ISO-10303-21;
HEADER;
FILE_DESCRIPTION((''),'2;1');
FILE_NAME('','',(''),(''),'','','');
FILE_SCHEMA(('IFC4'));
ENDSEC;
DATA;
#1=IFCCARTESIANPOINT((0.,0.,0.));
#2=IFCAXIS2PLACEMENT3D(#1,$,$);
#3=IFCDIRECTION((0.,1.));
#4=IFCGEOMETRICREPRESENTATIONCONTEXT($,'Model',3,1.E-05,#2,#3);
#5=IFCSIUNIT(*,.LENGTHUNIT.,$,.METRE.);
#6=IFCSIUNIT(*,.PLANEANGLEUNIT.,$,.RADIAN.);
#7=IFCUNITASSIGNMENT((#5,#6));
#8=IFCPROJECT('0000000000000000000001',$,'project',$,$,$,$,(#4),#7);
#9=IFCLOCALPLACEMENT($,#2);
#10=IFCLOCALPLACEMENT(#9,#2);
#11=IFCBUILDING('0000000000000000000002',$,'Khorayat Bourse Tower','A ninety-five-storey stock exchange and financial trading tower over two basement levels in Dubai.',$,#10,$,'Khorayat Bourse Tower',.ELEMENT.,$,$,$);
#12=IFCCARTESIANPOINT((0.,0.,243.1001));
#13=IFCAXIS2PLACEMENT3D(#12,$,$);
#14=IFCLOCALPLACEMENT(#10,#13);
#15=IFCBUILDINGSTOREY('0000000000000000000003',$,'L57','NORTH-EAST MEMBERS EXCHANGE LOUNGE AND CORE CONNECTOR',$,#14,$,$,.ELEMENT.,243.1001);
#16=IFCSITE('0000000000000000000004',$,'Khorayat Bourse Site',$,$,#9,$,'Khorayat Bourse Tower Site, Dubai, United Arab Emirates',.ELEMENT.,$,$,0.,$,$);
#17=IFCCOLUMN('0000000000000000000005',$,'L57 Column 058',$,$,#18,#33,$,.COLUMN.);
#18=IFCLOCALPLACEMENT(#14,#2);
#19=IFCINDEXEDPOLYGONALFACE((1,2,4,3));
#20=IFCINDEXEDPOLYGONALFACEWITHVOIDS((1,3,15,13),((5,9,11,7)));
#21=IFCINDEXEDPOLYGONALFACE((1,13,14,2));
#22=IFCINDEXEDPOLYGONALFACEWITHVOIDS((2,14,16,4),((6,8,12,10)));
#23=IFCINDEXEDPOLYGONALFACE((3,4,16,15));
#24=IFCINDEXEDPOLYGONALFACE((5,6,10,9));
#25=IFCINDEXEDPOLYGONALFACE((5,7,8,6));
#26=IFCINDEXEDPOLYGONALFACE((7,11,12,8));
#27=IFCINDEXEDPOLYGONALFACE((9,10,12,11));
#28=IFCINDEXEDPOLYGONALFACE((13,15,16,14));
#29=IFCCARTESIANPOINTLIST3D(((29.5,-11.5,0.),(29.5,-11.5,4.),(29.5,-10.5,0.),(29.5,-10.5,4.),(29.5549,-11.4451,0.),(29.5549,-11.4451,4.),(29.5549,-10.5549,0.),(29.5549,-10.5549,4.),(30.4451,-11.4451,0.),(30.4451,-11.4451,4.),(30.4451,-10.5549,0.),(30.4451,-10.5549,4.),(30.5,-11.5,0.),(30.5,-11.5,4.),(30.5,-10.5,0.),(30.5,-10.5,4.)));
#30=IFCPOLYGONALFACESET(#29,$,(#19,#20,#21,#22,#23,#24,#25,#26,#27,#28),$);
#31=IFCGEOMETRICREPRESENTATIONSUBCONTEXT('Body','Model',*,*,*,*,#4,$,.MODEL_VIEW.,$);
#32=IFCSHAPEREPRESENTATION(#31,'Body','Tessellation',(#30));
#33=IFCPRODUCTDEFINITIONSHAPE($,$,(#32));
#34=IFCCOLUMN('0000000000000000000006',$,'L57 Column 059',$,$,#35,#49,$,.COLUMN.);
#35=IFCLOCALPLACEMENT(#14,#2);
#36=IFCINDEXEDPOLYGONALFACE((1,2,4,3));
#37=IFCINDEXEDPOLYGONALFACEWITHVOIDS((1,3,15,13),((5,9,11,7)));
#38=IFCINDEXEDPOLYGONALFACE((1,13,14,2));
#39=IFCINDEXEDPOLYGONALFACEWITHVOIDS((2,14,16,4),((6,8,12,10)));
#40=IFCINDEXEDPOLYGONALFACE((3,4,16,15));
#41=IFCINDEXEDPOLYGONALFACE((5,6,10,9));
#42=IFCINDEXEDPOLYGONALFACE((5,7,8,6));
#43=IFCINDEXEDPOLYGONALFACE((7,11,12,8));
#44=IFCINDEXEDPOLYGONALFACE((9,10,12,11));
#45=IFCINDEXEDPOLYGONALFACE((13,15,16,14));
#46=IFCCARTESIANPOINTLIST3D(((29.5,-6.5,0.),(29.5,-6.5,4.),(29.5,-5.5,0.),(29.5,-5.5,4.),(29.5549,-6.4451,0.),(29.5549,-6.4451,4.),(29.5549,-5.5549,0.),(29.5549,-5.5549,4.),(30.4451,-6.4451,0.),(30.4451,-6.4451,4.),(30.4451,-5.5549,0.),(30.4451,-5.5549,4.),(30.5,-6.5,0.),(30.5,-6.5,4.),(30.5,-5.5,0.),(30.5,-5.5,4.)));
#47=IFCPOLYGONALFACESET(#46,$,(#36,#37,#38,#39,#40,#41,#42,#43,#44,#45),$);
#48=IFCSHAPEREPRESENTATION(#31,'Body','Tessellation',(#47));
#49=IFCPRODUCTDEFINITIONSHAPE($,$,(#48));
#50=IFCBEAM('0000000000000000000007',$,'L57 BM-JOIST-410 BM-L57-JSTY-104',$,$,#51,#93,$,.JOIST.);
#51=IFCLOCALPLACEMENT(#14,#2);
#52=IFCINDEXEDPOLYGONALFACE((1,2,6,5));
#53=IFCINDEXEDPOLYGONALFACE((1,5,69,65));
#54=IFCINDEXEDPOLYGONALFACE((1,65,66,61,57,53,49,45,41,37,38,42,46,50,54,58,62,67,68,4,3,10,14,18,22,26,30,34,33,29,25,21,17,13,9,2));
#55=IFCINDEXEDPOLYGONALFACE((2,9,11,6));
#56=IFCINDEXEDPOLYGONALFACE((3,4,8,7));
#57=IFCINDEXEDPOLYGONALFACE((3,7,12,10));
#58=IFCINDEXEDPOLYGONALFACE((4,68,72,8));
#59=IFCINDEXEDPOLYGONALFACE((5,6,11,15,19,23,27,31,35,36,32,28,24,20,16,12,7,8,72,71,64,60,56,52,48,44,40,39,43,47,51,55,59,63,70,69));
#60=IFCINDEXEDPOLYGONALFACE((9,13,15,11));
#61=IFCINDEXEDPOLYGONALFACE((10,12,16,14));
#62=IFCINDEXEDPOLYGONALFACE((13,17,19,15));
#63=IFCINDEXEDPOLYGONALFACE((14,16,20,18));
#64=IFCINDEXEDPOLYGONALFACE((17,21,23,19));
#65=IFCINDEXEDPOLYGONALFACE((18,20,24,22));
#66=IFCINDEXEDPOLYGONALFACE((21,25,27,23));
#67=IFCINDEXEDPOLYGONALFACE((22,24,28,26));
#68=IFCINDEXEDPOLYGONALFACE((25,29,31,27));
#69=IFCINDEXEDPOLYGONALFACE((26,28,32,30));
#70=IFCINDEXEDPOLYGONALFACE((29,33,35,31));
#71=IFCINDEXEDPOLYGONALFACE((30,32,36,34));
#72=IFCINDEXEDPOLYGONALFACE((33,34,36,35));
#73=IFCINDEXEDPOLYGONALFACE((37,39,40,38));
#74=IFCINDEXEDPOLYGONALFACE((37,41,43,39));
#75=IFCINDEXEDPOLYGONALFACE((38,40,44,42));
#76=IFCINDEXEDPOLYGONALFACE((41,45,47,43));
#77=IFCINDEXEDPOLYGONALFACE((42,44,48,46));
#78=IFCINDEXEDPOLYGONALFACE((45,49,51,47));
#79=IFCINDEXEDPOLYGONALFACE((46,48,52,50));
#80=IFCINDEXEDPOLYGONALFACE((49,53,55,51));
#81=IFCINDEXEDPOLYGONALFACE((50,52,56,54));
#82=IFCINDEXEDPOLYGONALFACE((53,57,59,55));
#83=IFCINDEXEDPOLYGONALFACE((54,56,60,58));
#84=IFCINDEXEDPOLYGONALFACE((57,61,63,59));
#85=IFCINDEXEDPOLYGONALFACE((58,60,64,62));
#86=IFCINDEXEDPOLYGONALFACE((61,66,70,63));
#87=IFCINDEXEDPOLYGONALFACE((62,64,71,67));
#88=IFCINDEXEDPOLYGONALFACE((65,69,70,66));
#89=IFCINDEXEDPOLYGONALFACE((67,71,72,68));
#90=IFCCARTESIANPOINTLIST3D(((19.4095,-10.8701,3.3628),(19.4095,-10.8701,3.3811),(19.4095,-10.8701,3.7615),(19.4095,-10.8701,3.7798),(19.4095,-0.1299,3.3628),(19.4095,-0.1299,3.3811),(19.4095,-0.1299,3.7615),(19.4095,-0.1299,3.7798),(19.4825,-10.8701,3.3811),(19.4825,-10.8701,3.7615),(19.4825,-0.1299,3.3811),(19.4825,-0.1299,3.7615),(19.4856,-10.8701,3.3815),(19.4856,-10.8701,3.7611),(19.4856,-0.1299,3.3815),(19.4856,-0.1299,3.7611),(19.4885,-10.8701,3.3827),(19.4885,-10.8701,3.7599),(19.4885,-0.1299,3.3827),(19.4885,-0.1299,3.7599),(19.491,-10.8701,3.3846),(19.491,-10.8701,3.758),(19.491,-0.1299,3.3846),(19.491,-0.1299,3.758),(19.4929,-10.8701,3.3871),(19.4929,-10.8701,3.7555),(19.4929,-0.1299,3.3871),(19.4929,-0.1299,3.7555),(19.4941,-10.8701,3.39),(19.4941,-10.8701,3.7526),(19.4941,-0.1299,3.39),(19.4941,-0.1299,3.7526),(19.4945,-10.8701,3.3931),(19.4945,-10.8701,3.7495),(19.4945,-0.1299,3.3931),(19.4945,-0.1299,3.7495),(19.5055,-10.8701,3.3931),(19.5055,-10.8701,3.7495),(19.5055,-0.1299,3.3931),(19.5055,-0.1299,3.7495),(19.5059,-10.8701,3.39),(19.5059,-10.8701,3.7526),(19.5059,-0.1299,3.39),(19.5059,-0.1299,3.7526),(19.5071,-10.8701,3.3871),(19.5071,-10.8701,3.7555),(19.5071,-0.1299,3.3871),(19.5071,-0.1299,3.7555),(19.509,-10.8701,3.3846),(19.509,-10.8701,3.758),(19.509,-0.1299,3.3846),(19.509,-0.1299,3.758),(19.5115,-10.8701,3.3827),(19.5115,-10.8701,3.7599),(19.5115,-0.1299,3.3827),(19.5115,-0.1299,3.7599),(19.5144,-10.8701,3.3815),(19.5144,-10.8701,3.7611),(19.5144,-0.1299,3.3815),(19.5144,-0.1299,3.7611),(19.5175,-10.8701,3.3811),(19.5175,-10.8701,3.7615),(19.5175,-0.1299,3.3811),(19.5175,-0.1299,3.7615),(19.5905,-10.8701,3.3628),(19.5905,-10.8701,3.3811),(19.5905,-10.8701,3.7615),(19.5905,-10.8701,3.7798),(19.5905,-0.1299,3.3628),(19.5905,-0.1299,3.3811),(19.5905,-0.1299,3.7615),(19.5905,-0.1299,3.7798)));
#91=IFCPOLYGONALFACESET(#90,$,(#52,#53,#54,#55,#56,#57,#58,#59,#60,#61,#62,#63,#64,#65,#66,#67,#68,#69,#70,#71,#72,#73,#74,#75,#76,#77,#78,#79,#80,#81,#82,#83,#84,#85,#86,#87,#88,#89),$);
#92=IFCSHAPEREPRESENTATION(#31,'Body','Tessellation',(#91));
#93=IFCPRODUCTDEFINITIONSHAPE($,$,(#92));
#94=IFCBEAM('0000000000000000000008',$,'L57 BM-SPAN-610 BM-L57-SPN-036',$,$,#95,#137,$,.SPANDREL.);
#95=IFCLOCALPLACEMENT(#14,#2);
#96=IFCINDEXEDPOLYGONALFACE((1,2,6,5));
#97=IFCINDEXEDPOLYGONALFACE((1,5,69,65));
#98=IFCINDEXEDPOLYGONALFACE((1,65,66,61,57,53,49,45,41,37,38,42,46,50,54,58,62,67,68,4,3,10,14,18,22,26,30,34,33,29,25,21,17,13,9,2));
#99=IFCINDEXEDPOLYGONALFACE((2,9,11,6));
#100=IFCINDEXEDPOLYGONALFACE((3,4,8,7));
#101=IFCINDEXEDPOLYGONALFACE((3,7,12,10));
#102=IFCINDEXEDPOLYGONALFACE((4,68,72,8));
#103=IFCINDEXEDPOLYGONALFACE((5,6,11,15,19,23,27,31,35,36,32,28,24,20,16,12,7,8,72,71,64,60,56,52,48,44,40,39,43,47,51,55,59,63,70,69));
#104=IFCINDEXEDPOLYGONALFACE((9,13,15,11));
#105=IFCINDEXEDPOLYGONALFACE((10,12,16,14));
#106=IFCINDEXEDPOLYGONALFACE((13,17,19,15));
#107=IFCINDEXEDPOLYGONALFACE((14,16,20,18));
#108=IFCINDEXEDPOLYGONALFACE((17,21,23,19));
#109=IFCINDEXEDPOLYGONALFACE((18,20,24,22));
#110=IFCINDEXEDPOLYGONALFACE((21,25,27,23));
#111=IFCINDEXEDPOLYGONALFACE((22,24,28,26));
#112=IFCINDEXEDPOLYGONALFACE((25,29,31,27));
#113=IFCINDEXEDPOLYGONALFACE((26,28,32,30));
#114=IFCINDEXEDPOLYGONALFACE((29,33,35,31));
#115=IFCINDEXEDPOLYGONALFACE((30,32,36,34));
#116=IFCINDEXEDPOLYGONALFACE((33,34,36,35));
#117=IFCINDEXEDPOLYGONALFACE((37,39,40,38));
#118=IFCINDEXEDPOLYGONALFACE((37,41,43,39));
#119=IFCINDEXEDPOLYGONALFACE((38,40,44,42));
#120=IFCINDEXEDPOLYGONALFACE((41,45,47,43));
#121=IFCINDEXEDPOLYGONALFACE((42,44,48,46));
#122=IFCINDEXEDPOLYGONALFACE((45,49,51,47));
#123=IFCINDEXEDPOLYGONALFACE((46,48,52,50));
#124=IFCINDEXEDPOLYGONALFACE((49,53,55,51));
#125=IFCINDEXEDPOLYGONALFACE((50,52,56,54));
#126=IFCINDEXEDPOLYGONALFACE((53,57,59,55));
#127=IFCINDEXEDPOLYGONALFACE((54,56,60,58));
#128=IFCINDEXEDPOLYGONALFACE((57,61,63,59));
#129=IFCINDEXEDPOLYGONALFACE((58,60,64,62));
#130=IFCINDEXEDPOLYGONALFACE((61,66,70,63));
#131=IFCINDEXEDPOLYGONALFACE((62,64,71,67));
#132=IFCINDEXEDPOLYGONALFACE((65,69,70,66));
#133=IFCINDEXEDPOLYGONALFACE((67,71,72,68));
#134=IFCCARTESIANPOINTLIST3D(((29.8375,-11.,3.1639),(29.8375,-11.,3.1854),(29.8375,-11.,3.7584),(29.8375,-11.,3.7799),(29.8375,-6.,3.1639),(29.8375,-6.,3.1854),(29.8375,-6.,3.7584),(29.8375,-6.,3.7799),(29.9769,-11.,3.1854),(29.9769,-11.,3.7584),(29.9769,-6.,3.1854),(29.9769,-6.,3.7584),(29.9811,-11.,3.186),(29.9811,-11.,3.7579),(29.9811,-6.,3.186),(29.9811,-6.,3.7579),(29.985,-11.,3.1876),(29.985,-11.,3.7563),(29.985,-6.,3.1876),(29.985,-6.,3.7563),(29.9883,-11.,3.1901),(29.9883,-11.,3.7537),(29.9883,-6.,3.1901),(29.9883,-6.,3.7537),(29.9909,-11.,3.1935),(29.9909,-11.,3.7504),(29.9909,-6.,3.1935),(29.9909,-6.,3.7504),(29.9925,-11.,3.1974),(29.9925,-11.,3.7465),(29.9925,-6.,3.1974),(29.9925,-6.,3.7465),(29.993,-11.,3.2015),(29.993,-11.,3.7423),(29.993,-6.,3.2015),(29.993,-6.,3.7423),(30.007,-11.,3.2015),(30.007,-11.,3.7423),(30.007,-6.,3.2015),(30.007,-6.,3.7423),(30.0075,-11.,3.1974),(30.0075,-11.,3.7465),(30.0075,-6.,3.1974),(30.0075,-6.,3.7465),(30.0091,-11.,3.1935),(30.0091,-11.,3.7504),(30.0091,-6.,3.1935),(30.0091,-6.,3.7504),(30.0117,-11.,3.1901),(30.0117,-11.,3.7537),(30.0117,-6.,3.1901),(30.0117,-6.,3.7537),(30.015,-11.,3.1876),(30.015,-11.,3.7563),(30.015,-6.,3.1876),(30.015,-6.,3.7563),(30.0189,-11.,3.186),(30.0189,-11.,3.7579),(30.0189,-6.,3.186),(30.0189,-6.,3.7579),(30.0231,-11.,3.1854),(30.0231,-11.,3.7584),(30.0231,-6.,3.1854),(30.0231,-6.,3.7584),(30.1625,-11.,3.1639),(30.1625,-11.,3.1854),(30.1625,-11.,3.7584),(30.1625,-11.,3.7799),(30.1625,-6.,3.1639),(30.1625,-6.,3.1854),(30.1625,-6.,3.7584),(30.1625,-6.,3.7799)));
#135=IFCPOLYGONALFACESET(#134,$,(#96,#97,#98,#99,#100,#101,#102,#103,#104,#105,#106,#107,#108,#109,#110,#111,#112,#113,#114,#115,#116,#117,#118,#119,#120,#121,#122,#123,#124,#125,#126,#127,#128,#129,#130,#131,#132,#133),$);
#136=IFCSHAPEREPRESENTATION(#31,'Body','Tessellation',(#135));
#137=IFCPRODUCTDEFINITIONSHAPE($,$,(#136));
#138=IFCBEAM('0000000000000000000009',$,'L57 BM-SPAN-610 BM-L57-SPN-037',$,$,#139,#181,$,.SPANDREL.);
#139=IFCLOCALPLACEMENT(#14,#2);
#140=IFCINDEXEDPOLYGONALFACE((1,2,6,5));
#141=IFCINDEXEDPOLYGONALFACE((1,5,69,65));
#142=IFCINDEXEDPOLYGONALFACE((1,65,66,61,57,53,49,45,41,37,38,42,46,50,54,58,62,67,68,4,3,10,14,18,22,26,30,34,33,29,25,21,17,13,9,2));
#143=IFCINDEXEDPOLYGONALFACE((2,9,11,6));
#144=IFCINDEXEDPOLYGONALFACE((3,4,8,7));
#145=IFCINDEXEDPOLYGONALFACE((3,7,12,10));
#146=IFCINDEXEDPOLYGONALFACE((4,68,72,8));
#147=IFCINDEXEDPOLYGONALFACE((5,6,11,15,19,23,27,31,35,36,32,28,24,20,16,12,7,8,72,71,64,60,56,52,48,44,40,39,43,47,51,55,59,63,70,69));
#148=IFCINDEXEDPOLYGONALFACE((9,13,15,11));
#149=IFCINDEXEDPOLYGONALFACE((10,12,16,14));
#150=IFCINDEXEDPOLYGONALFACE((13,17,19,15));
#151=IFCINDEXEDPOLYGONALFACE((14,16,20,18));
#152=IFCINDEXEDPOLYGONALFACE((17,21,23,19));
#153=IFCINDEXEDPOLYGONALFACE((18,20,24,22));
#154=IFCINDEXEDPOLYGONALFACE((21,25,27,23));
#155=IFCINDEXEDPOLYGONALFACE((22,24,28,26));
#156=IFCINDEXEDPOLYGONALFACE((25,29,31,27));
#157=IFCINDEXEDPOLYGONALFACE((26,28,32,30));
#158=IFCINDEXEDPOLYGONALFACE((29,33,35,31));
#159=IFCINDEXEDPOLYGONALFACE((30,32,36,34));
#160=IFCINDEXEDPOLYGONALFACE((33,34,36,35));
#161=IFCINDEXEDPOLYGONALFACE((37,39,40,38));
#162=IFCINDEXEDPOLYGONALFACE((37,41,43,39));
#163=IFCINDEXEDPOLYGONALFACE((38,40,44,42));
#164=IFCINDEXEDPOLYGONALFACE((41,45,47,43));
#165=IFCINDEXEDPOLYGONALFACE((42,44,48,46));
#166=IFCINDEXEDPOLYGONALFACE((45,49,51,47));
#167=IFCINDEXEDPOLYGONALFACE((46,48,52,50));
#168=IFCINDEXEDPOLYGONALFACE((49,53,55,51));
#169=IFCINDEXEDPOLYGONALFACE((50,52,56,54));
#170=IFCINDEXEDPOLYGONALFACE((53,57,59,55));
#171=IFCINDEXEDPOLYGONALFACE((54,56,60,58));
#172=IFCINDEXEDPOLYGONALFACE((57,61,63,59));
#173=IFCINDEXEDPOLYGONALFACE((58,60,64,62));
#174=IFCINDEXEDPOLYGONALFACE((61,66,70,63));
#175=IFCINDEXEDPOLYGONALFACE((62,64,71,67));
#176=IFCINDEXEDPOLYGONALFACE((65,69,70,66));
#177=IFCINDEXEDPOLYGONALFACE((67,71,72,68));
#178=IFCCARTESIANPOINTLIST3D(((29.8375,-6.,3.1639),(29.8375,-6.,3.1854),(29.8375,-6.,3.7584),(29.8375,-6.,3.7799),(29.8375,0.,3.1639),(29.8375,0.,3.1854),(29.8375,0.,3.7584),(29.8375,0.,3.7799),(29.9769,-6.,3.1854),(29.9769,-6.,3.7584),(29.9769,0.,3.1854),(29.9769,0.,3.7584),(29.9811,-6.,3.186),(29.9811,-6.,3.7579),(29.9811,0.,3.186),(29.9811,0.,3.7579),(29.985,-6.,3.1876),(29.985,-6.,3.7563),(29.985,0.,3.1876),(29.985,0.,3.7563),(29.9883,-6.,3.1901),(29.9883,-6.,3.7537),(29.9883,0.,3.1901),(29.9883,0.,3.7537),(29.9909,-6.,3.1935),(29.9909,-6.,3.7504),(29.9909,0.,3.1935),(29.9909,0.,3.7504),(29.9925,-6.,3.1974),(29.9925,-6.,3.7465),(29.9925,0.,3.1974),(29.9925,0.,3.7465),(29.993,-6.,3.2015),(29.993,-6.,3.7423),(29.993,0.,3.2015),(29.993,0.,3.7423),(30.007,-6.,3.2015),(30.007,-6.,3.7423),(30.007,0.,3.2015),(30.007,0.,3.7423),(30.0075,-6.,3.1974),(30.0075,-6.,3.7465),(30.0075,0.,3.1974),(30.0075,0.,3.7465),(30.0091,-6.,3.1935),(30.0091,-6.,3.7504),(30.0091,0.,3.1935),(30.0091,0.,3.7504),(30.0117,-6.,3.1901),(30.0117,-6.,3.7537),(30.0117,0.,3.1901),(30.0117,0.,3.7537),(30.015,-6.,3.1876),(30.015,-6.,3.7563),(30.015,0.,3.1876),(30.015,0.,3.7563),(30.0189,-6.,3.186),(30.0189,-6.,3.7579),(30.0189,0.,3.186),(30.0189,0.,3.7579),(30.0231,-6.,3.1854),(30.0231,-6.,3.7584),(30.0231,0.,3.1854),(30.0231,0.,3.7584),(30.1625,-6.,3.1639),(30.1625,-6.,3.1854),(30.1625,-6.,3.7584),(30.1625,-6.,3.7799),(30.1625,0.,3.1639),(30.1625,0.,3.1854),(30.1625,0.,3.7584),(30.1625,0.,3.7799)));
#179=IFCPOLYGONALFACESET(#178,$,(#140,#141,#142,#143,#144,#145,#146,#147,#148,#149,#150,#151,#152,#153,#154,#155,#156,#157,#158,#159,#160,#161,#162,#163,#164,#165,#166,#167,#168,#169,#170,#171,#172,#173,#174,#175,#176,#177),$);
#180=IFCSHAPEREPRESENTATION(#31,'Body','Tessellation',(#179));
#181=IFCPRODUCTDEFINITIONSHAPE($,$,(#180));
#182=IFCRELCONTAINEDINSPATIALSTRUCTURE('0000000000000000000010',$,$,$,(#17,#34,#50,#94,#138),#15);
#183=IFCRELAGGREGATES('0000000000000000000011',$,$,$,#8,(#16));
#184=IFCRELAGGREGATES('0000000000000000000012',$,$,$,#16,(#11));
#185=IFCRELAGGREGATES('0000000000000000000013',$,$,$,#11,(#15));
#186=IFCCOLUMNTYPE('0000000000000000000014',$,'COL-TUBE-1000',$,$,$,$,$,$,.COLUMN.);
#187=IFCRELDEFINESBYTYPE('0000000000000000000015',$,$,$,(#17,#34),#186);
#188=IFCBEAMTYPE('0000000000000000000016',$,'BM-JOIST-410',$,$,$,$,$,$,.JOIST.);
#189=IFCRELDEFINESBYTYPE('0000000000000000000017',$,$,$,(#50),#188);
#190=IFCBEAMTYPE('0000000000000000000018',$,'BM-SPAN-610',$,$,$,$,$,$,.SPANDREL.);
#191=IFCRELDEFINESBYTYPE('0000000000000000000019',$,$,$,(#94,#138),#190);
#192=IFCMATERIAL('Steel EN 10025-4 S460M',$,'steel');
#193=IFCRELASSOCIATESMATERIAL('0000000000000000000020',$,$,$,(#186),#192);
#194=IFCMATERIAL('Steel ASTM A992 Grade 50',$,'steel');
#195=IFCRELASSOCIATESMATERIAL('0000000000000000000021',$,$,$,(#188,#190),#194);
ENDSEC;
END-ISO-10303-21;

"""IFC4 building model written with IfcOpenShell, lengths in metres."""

from ifc_helpers import new_model, si_unit, direction, frame, origin, origin_2d, place, context, subcontext, project, spatial, hollow_rectangle, i_section, extrude, source, transform, mapped, material, material_profile, profile_set, type_object, element, save


model = new_model("IFC4")

# Units and contexts
model_context = context("Model", 3, precision=1e-05, world=origin(), true_north=direction((0.0, 1.0)))
body_context = subcontext(model_context, "Body", "Model", "MODEL_VIEW")
ifc_project = project(units=[si_unit("LENGTHUNIT", "METRE"), si_unit("PLANEANGLEUNIT", "RADIAN")], contexts=[model_context])

# Site, building, storey
site_placement = place(None, origin())
site = spatial("IfcSite", under=ifc_project, at=site_placement, Name="Khorayat Bourse Site", LongName="Khorayat Bourse Tower Site, Dubai, United Arab Emirates", CompositionType="ELEMENT", RefElevation=0.0)
building_placement = place(site_placement, origin())
building = spatial("IfcBuilding", under=site, at=building_placement, Name="Khorayat Bourse Tower", Description="A ninety-five-storey stock exchange and financial trading tower over two basement levels in Dubai.", LongName="Khorayat Bourse Tower", CompositionType="ELEMENT")
storey_placement = place(building_placement, frame((0.0, 0.0, 243.1001)))
storey = spatial("IfcBuildingStorey", under=building, at=storey_placement, Name="L57", Description="NORTH-EAST MEMBERS EXCHANGE LOUNGE AND CORE CONNECTOR", CompositionType="ELEMENT", Elevation=243.1001)

# Columns
ifc_material_1 = material(Name="Steel EN 10025-4 S460M", Category="steel")
ifc_material_profile_1 = material_profile(ifc_material_1, hollow_rectangle(XDim=1.0, YDim=1.0, WallThickness=0.0549, at=origin_2d()), Name="BOX 1000x1000x55")
ifc_profile_set_1 = profile_set([ifc_material_profile_1], Name="Steel EN 10025-4 S460M")
column_type = type_object("IfcColumnType", Name="COL-TUBE-1000", PredefinedType="COLUMN", material=ifc_profile_set_1)
shared_shape_1 = source(origin(), body_context, "Body", "SweptSolid", [
    extrude(hollow_rectangle(XDim=1.0, YDim=1.0, WallThickness=0.0549, at=origin_2d()), origin(), (0.0, 0.0, 1.0), 4.0),
])
for number, where, z_axis, x_axis, name in (
    (1, (30.0, -11.0, 0.0), (0.0, 0.0, 1.0), (1.0, 0.0, 0.0), "L57 Column 058"),
    (2, (30.0, -6.0, 0.0), (0.0, 0.0, 1.0), (1.0, 0.0, 0.0), "L57 Column 059"),
):
    element("IfcColumn", number, at=place(storey_placement, frame(where, z_axis=z_axis, x_axis=x_axis)), inside=storey, type_object=column_type, Name=name, PredefinedType="COLUMN", context=body_context, shape_type="MappedRepresentation", body=[
        mapped(shared_shape_1, transform((0.0, 0.0, 0.0), scale=1.0)),
    ])

# Beams
ifc_material_2 = material(Name="Steel ASTM A992 Grade 50", Category="steel")
ifc_material_profile_2 = material_profile(ifc_material_2, i_section(OverallWidth=0.1809, OverallDepth=0.417, WebThickness=0.011, FlangeThickness=0.0183, FilletRadius=0.012, at=origin_2d()), Name="W410X85")
ifc_profile_set_2 = profile_set([ifc_material_profile_2], Name="Steel ASTM A992 Grade 50")
beam_type_1 = type_object("IfcBeamType", Name="BM-JOIST-410", PredefinedType="JOIST", material=ifc_profile_set_2)
shared_shape_2 = source(origin(), body_context, "Body", "SweptSolid", [
    extrude(i_section(OverallWidth=0.1809, OverallDepth=0.417, WebThickness=0.011, FlangeThickness=0.0183, FilletRadius=0.012, at=origin_2d()), origin(), (0.0, 0.0, 1.0), 10.7402),
])
beam_1_placement = place(storey_placement, frame((19.5, -10.8701, 3.5713), z_axis=(0.0, 1.0, 0.0), x_axis=(-1.0, 0.0, 0.0)))
element("IfcBeam", 3, at=beam_1_placement, inside=storey, type_object=beam_type_1, Name="L57 BM-JOIST-410 BM-L57-JSTY-104", PredefinedType="JOIST", context=body_context, shape_type="MappedRepresentation", body=[
    mapped(shared_shape_2, transform((0.0, 0.0, 0.0), scale=1.0)),
])
ifc_material_profile_3 = material_profile(ifc_material_2, i_section(OverallWidth=0.325, OverallDepth=0.616, WebThickness=0.0139, FlangeThickness=0.0215, FilletRadius=0.0161, at=origin_2d()), Name="W610X174")
ifc_profile_set_3 = profile_set([ifc_material_profile_3], Name="Steel ASTM A992 Grade 50")
beam_type_2 = type_object("IfcBeamType", Name="BM-SPAN-610", PredefinedType="SPANDREL", material=ifc_profile_set_3)
shared_shape_3 = source(origin(), body_context, "Body", "SweptSolid", [
    extrude(i_section(OverallWidth=0.325, OverallDepth=0.616, WebThickness=0.0139, FlangeThickness=0.0215, FilletRadius=0.0161, at=origin_2d()), origin(), (0.0, 0.0, 1.0), 5.0),
])
beam_2_placement = place(storey_placement, frame((30.0, -11.0, 3.4719), z_axis=(0.0, 1.0, 0.0), x_axis=(-1.0, 0.0, 0.0)))
element("IfcBeam", 4, at=beam_2_placement, inside=storey, type_object=beam_type_2, Name="L57 BM-SPAN-610 BM-L57-SPN-036", PredefinedType="SPANDREL", context=body_context, shape_type="MappedRepresentation", body=[
    mapped(shared_shape_3, transform((0.0, 0.0, 0.0), scale=1.0)),
])
shared_shape_4 = source(origin(), body_context, "Body", "SweptSolid", [
    extrude(i_section(OverallWidth=0.325, OverallDepth=0.616, WebThickness=0.0139, FlangeThickness=0.0215, FilletRadius=0.0161, at=origin_2d()), origin(), (0.0, 0.0, 1.0), 6.0),
])
beam_3_placement = place(storey_placement, frame((30.0, -6.0, 3.4719), z_axis=(0.0, 1.0, 0.0), x_axis=(-1.0, 0.0, 0.0)))
element("IfcBeam", 5, at=beam_3_placement, inside=storey, type_object=beam_type_2, Name="L57 BM-SPAN-610 BM-L57-SPN-037", PredefinedType="SPANDREL", context=body_context, shape_type="MappedRepresentation", body=[
    mapped(shared_shape_4, transform((0.0, 0.0, 0.0), scale=1.0)),
])

save(model, "model.ifc")
